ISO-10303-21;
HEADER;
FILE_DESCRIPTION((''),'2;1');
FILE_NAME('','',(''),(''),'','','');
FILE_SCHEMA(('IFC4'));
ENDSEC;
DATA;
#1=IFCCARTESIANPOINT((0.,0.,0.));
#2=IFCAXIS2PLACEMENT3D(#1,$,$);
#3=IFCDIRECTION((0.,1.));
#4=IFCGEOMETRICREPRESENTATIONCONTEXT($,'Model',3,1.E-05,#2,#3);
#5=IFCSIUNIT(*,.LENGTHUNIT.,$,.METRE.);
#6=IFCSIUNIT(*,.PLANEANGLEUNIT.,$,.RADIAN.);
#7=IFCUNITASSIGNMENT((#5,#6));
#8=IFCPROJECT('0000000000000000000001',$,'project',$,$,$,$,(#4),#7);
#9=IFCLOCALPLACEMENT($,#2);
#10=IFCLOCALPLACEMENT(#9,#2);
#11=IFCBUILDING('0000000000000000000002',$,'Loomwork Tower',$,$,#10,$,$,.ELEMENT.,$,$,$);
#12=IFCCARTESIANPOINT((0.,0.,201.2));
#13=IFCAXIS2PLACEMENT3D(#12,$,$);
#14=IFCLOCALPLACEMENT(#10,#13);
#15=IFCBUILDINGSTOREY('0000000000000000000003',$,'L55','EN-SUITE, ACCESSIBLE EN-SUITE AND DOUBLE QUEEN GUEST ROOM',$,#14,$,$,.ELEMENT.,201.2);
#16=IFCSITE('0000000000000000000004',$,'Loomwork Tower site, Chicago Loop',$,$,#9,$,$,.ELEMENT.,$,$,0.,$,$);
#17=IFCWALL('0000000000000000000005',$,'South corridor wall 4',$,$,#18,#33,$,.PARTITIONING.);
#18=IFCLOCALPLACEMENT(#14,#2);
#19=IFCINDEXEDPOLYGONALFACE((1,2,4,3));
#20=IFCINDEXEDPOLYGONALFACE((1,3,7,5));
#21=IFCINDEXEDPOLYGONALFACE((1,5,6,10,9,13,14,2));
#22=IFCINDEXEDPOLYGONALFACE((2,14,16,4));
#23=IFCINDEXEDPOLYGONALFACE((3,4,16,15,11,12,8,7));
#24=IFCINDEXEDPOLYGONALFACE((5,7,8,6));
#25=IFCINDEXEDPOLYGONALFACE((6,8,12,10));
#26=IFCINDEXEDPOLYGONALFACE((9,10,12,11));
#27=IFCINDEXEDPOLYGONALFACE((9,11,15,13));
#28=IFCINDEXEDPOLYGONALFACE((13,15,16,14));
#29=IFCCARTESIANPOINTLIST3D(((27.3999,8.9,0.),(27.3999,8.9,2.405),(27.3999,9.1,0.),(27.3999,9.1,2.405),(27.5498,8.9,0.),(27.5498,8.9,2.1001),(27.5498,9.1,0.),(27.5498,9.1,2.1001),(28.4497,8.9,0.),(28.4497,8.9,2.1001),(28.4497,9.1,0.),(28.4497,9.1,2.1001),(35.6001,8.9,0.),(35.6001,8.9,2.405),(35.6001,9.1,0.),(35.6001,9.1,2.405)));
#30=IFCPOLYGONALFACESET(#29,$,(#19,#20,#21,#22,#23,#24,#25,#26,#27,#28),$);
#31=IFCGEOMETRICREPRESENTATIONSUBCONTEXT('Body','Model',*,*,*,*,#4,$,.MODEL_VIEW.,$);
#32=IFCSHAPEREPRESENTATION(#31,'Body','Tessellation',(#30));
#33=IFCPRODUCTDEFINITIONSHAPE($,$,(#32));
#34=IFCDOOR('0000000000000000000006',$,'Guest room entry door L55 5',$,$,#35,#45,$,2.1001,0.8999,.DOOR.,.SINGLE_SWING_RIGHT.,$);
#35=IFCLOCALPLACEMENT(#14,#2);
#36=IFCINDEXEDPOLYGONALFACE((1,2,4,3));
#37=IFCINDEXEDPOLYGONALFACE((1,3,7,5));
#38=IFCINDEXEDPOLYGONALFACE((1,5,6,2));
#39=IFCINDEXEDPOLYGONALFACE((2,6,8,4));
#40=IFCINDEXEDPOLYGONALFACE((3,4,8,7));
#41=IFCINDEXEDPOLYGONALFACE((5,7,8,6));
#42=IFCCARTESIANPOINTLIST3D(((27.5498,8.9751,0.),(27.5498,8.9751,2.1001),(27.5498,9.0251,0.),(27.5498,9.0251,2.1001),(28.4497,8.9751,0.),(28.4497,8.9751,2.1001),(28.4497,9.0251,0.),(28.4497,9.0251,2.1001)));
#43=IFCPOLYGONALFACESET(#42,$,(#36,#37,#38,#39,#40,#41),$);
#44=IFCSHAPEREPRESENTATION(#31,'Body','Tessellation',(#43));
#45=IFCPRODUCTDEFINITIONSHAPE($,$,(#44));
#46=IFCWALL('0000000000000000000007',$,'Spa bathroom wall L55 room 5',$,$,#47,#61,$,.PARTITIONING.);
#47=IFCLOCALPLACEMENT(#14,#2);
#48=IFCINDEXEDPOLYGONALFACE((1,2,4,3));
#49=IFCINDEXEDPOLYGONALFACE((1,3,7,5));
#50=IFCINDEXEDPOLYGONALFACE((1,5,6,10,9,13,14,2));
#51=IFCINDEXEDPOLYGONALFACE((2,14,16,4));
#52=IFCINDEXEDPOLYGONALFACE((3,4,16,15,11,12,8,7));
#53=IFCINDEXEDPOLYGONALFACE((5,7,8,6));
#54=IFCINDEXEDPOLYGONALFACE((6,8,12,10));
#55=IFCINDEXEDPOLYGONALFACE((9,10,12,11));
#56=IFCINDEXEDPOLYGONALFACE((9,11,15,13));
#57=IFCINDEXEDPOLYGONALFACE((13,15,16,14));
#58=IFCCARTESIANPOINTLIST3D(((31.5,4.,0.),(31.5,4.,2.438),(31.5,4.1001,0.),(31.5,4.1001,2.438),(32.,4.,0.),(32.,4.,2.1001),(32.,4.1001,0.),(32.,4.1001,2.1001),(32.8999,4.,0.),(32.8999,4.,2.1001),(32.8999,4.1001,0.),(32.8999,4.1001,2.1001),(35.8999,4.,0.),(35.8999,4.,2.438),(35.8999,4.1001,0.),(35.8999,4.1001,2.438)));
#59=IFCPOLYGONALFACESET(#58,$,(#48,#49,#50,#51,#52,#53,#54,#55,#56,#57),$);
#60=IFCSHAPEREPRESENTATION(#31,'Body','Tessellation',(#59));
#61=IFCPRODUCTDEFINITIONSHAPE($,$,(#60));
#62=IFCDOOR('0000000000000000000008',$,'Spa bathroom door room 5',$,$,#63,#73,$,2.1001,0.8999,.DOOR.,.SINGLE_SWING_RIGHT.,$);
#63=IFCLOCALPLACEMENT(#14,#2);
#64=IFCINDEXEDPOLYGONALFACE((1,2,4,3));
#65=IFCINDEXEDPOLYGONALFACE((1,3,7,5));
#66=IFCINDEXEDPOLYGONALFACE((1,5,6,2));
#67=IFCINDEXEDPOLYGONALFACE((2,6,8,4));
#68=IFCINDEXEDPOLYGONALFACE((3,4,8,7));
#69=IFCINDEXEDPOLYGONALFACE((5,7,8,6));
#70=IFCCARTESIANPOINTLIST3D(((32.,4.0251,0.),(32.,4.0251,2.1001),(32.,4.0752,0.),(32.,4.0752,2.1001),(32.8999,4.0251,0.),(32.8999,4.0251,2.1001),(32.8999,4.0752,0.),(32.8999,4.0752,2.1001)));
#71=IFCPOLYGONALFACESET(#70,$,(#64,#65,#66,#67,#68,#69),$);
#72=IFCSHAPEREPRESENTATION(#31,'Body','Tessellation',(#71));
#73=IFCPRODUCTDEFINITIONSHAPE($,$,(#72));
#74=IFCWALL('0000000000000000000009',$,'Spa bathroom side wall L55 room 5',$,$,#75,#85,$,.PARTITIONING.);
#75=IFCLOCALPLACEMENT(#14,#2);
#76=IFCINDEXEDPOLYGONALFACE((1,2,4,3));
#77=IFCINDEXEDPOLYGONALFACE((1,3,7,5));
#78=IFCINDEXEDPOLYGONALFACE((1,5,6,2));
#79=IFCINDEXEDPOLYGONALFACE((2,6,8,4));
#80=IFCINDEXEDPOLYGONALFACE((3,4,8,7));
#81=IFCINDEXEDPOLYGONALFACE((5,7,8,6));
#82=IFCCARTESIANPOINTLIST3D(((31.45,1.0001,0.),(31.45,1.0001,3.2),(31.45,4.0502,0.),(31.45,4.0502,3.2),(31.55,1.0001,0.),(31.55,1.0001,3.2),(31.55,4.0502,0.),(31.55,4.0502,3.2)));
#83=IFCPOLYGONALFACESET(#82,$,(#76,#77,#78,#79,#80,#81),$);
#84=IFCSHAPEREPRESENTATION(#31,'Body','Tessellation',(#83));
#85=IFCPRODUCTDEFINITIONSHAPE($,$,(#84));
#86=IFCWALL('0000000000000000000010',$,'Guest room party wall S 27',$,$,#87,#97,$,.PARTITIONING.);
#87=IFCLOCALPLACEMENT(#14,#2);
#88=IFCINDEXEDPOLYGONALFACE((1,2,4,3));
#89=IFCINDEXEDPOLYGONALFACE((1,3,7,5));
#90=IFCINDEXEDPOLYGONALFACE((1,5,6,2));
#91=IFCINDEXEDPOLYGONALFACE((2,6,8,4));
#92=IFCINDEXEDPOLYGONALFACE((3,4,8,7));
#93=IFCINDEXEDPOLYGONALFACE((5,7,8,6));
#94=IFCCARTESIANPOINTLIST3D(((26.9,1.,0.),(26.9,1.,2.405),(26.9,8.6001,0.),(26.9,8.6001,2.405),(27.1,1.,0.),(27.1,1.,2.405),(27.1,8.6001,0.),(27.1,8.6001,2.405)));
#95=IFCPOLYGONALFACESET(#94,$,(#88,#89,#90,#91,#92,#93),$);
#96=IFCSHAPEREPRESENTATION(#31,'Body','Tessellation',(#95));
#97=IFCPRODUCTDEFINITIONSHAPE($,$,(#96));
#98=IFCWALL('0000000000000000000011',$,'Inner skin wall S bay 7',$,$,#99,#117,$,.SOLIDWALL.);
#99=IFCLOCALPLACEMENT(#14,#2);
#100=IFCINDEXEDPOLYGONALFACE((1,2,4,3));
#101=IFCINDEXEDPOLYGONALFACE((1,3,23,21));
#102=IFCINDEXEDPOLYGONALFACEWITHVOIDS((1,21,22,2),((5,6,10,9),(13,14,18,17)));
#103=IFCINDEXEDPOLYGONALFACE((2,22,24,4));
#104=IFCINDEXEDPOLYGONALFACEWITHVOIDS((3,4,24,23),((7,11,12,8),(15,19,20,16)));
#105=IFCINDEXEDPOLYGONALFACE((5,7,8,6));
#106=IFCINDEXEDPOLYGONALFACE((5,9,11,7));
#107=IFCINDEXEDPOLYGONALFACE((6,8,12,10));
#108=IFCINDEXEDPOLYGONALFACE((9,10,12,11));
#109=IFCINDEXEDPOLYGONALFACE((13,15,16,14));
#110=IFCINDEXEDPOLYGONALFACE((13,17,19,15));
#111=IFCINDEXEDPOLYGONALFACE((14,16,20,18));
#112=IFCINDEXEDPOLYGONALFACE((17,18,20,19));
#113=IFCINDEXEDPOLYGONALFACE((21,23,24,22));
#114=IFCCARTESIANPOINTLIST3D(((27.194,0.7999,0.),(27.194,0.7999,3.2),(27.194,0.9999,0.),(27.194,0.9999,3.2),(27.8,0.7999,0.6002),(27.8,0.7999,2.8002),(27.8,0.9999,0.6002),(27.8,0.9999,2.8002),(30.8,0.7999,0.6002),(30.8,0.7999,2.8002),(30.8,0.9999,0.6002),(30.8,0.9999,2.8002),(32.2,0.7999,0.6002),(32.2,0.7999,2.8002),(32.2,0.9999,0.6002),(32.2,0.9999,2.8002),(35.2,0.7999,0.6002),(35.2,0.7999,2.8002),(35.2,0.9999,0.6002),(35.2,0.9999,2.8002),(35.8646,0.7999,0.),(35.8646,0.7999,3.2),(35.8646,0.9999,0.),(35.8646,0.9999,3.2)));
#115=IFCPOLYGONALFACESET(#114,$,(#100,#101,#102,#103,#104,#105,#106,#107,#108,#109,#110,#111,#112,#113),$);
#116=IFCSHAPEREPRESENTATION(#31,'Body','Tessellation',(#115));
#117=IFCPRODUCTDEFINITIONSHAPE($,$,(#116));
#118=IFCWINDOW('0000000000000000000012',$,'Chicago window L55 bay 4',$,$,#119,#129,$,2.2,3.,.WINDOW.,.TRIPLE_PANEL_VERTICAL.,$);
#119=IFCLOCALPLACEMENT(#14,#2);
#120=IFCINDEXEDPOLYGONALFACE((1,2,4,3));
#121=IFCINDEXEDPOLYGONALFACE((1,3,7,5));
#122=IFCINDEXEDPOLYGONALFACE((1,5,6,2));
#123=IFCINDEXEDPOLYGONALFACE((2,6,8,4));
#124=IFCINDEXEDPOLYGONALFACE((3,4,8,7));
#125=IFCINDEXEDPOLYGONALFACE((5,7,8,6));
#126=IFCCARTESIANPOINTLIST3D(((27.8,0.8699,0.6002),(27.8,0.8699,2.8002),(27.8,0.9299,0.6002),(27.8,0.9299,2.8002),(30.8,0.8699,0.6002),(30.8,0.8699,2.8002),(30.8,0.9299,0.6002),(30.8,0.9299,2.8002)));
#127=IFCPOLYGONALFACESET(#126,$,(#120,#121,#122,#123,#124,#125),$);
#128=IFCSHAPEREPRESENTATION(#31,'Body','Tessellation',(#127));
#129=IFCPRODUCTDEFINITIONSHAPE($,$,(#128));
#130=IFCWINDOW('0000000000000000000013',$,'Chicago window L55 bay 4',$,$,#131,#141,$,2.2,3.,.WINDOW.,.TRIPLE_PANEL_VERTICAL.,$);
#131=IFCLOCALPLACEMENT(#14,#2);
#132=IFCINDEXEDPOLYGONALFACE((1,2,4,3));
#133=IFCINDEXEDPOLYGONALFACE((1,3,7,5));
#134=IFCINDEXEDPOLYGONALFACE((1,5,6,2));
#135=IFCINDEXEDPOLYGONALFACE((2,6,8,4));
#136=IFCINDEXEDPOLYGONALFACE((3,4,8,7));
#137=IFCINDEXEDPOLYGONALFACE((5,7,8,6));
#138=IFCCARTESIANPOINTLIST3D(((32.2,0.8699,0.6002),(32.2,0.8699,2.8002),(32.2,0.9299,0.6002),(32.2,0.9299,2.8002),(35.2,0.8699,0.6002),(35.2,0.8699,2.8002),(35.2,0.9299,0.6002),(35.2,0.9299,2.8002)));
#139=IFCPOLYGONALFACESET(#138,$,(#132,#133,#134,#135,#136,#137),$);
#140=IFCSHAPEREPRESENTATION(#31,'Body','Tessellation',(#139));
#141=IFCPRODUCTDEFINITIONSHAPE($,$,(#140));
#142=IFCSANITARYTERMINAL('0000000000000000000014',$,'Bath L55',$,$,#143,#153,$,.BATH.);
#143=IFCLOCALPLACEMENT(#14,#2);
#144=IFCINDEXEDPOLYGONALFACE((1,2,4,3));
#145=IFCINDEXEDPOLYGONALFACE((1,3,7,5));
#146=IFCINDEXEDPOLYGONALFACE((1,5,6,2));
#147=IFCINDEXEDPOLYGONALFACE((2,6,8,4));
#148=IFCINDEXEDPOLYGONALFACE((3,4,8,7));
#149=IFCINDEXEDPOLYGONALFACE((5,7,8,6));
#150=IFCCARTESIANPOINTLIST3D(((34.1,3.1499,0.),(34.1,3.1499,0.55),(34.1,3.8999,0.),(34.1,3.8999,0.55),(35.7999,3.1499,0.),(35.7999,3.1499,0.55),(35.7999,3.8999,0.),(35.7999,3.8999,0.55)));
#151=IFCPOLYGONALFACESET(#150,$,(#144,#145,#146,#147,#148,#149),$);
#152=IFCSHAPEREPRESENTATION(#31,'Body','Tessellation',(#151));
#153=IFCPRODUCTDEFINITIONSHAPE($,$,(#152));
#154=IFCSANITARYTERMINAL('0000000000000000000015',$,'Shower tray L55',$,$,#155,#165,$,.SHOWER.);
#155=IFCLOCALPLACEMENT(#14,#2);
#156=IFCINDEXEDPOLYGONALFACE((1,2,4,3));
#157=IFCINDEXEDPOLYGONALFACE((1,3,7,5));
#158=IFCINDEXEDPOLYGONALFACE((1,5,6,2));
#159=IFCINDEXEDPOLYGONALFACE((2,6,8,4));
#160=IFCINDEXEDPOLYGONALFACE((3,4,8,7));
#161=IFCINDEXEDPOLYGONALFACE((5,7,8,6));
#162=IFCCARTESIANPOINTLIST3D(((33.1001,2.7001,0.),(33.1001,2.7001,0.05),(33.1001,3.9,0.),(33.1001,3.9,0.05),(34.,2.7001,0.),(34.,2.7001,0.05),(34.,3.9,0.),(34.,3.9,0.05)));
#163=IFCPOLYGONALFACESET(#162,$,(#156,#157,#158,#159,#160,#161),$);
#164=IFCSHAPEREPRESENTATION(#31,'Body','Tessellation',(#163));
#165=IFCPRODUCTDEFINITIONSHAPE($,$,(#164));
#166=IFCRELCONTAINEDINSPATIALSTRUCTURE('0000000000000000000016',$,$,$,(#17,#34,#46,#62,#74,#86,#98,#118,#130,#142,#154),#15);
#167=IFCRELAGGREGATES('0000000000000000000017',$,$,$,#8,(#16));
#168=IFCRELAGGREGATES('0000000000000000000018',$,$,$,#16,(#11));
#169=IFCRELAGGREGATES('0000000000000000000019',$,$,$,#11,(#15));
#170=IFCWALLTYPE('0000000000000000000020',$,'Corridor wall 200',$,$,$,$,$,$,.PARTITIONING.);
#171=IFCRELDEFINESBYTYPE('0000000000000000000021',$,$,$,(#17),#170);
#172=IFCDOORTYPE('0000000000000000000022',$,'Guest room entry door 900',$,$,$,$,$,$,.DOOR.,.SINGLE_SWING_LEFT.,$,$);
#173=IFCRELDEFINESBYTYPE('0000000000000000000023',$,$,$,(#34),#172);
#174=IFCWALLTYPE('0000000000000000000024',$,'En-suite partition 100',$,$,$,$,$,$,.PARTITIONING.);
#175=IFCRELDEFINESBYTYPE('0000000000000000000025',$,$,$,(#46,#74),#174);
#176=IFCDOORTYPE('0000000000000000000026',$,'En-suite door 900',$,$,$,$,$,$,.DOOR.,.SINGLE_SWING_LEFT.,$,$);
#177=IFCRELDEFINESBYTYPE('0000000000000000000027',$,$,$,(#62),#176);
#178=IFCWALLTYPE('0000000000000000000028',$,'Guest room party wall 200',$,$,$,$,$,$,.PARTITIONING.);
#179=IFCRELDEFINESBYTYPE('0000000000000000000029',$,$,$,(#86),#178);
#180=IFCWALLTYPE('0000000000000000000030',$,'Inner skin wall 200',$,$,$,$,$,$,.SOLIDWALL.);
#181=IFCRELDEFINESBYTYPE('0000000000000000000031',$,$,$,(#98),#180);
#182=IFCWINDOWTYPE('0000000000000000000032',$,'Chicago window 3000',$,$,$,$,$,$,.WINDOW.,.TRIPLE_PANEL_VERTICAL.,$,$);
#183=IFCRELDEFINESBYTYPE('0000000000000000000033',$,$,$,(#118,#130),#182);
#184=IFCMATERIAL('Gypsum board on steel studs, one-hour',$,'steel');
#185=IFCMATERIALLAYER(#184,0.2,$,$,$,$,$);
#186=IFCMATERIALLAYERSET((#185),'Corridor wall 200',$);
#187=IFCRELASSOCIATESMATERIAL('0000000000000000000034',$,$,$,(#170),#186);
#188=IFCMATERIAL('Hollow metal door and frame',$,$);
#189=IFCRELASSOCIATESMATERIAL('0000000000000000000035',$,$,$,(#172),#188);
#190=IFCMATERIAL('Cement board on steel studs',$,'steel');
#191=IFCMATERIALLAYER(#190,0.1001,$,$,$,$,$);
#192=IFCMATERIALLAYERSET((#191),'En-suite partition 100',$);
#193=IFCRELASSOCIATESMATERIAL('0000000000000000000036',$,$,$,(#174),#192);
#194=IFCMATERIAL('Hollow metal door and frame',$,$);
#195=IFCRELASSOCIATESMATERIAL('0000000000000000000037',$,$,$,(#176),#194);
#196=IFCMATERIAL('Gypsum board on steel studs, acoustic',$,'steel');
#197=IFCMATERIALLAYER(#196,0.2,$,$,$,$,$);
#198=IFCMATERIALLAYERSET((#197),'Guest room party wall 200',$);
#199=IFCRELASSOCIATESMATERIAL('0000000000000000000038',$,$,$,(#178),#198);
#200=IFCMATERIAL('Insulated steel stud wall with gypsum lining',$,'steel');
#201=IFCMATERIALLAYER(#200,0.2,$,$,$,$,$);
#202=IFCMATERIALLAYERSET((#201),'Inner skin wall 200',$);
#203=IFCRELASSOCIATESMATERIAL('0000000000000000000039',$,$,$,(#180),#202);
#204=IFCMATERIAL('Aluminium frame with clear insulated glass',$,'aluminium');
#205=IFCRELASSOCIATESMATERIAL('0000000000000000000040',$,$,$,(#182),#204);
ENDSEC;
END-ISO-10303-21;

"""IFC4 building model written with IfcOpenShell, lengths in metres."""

from ifc_helpers import new_model, si_unit, direction, frame, frame_2d, origin, origin_2d, place, context, subcontext, project, spatial, rectangle, extrude, material, layer, layer_set, type_object, element, fill, save


model = new_model("IFC4")

# Units and contexts
model_context = context("Model", 3, precision=1e-05, world=origin(), true_north=direction((0.0, 1.0)))
body_context = subcontext(model_context, "Body", "Model", "MODEL_VIEW")
ifc_project = project(units=[si_unit("LENGTHUNIT", "METRE"), si_unit("PLANEANGLEUNIT", "RADIAN")], contexts=[model_context])

# Site, building, storey
site_placement = place(None, origin())
site = spatial("IfcSite", under=ifc_project, at=site_placement, Name="Loomwork Tower site, Chicago Loop", CompositionType="ELEMENT", RefElevation=0.0)
building_placement = place(site_placement, origin())
building = spatial("IfcBuilding", under=site, at=building_placement, Name="Loomwork Tower", CompositionType="ELEMENT")
storey_placement = place(building_placement, frame((0.0, 0.0, 201.2)))
storey = spatial("IfcBuildingStorey", under=building, at=storey_placement, Name="L55", Description="EN-SUITE, ACCESSIBLE EN-SUITE AND DOUBLE QUEEN GUEST ROOM", CompositionType="ELEMENT", Elevation=201.2)

# Walls, openings, doors
ifc_material_1 = material(Name="Gypsum board on steel studs, one-hour", Category="steel")
ifc_layer_1 = layer(ifc_material_1, 0.2)
ifc_layer_set_1 = layer_set([ifc_layer_1], Name="Corridor wall 200")
wall_type_1 = type_object("IfcWallType", Name="Corridor wall 200", PredefinedType="PARTITIONING", material=ifc_layer_set_1)
wall_1_placement = place(storey_placement, frame((27.3999, 9.0, 0.0), z_axis=(0.0, 0.0, 1.0), x_axis=(1.0, 0.0, 0.0)))
wall_1 = element("IfcWall", 1, at=wall_1_placement, inside=storey, type_object=wall_type_1, Name="South corridor wall 4", PredefinedType="PARTITIONING", context=body_context, shape_type="SweptSolid", body=[
    extrude(rectangle(XDim=8.2002, YDim=0.2, at=frame_2d((4.1001, 0.0))), origin(), (0.0, 0.0, 1.0), 2.405),
])
opening_1_placement = place(wall_1_placement, frame((0.1499, 0.0, 0.0)))
opening_1 = element("IfcOpeningElement", 2, at=opening_1_placement, cuts=wall_1, PredefinedType="OPENING", context=body_context, shape_type="SweptSolid", body=[
    extrude(rectangle(XDim=0.8999, YDim=2.1001, at=frame_2d((0.45, 1.05))), frame((0.0, 0.1099, 0.0), z_axis=(0.0, -1.0, 0.0), x_axis=(1.0, 0.0, 0.0)), (0.0, 0.0, 1.0), 0.22),
])
ifc_material_2 = material(Name="Hollow metal door and frame")
door_type_1 = type_object("IfcDoorType", Name="Guest room entry door 900", OperationType="SINGLE_SWING_LEFT", PredefinedType="DOOR", material=ifc_material_2)
door_1_placement = place(opening_1_placement, frame((0.8999, 0.0, 0.0), z_axis=(0.0, 0.0, 1.0), x_axis=(-1.0, 0.0, 0.0)))
door_1 = element("IfcDoor", 3, at=door_1_placement, inside=storey, type_object=door_type_1, Name="Guest room entry door L55 5", OperationType="SINGLE_SWING_RIGHT", OverallHeight=2.1001, OverallWidth=0.8999, PredefinedType="DOOR", context=body_context, shape_type="SweptSolid", body=[
    extrude(rectangle(XDim=0.8999, YDim=2.1001, at=frame_2d((0.45, 1.05))), frame((0.0, 0.0249, 0.0), z_axis=(0.0, -1.0, 0.0), x_axis=(1.0, 0.0, 0.0)), (0.0, 0.0, 1.0), 0.05),
])
fill(opening_1, door_1)
ifc_material_3 = material(Name="Cement board on steel studs", Category="steel")
ifc_layer_2 = layer(ifc_material_3, 0.1001)
ifc_layer_set_2 = layer_set([ifc_layer_2], Name="En-suite partition 100")
wall_type_2 = type_object("IfcWallType", Name="En-suite partition 100", PredefinedType="PARTITIONING", material=ifc_layer_set_2)
wall_2_placement = place(storey_placement, frame((31.5, 4.05, 0.0), z_axis=(0.0, 0.0, 1.0), x_axis=(1.0, 0.0, 0.0)))
wall_2 = element("IfcWall", 4, at=wall_2_placement, inside=storey, type_object=wall_type_2, Name="Spa bathroom wall L55 room 5", PredefinedType="PARTITIONING", context=body_context, shape_type="SweptSolid", body=[
    extrude(rectangle(XDim=4.3999, YDim=0.1001, at=frame_2d((2.2, 0.0))), origin(), (0.0, 0.0, 1.0), 2.438),
])
opening_2_placement = place(wall_2_placement, frame((0.5, 0.0, 0.0)))
opening_2 = element("IfcOpeningElement", 5, at=opening_2_placement, cuts=wall_2, PredefinedType="OPENING", context=body_context, shape_type="SweptSolid", body=[
    extrude(rectangle(XDim=0.8999, YDim=2.1001, at=frame_2d((0.45, 1.05))), frame((0.0, 0.0601, 0.0), z_axis=(0.0, -1.0, 0.0), x_axis=(1.0, 0.0, 0.0)), (0.0, 0.0, 1.0), 0.1201),
])
ifc_material_4 = material(Name="Hollow metal door and frame")
door_type_2 = type_object("IfcDoorType", Name="En-suite door 900", OperationType="SINGLE_SWING_LEFT", PredefinedType="DOOR", material=ifc_material_4)
door_2_placement = place(opening_2_placement, frame((0.8999, 0.0, 0.0), z_axis=(0.0, 0.0, 1.0), x_axis=(-1.0, 0.0, 0.0)))
door_2 = element("IfcDoor", 6, at=door_2_placement, inside=storey, type_object=door_type_2, Name="Spa bathroom door room 5", OperationType="SINGLE_SWING_RIGHT", OverallHeight=2.1001, OverallWidth=0.8999, PredefinedType="DOOR", context=body_context, shape_type="SweptSolid", body=[
    extrude(rectangle(XDim=0.8999, YDim=2.1001, at=frame_2d((0.45, 1.05))), frame((0.0, 0.0249, 0.0), z_axis=(0.0, -1.0, 0.0), x_axis=(1.0, 0.0, 0.0)), (0.0, 0.0, 1.0), 0.05),
])
fill(opening_2, door_2)

# Walls
wall_3_placement = place(storey_placement, frame((31.5, 4.05, 0.0), z_axis=(0.0, 0.0, 1.0), x_axis=(0.0, -1.0, 0.0)))
element("IfcWall", 7, at=wall_3_placement, inside=storey, type_object=wall_type_2, Name="Spa bathroom side wall L55 room 5", PredefinedType="PARTITIONING", context=body_context, shape_type="SweptSolid", body=[
    extrude(rectangle(XDim=3.05, YDim=0.1001, at=frame_2d((1.5249, 0.0))), origin(), (0.0, 0.0, 1.0), 3.2),
])
ifc_material_5 = material(Name="Gypsum board on steel studs, acoustic", Category="steel")
ifc_layer_3 = layer(ifc_material_5, 0.2)
ifc_layer_set_3 = layer_set([ifc_layer_3], Name="Guest room party wall 200")
wall_type_3 = type_object("IfcWallType", Name="Guest room party wall 200", PredefinedType="PARTITIONING", material=ifc_layer_set_3)
wall_4_placement = place(storey_placement, frame((27.0, 8.6001, 0.0), z_axis=(0.0, 0.0, 1.0), x_axis=(0.0, -1.0, 0.0)))
element("IfcWall", 8, at=wall_4_placement, inside=storey, type_object=wall_type_3, Name="Guest room party wall S 27", PredefinedType="PARTITIONING", context=body_context, shape_type="SweptSolid", body=[
    extrude(rectangle(XDim=7.6001, YDim=0.2, at=frame_2d((3.8, 0.0))), origin(), (0.0, 0.0, 1.0), 2.405),
])

# Wall, openings, windows
ifc_material_6 = material(Name="Insulated steel stud wall with gypsum lining", Category="steel")
ifc_layer_4 = layer(ifc_material_6, 0.2)
ifc_layer_set_4 = layer_set([ifc_layer_4], Name="Inner skin wall 200")
wall_type_4 = type_object("IfcWallType", Name="Inner skin wall 200", PredefinedType="SOLIDWALL", material=ifc_layer_set_4)
wall_5_placement = place(storey_placement, frame((27.1938, 0.8999, 0.0), z_axis=(0.0, 0.0, 1.0), x_axis=(1.0, 0.0, 0.0)))
wall_5 = element("IfcWall", 9, at=wall_5_placement, inside=storey, type_object=wall_type_4, Name="Inner skin wall S bay 7", PredefinedType="SOLIDWALL", context=body_context, shape_type="SweptSolid", body=[
    extrude(rectangle(XDim=8.6707, YDim=0.2, at=frame_2d((4.3354, 0.0))), origin(), (0.0, 0.0, 1.0), 3.2),
])
opening_3_placement = place(wall_5_placement, frame((0.6062, 0.0, 0.6001)))
opening_3 = element("IfcOpeningElement", 10, at=opening_3_placement, cuts=wall_5, PredefinedType="OPENING", context=body_context, shape_type="SweptSolid", body=[
    extrude(rectangle(XDim=3.0, YDim=2.2, at=frame_2d((1.5, 1.1001))), frame((0.0, 0.1099, 0.0), z_axis=(0.0, -1.0, 0.0), x_axis=(1.0, 0.0, 0.0)), (0.0, 0.0, 1.0), 0.22),
])
opening_4_placement = place(wall_5_placement, frame((5.0061, 0.0, 0.6001)))
opening_4 = element("IfcOpeningElement", 11, at=opening_4_placement, cuts=wall_5, PredefinedType="OPENING", context=body_context, shape_type="SweptSolid", body=[
    extrude(rectangle(XDim=3.0, YDim=2.2, at=frame_2d((1.5, 1.1001))), frame((0.0, 0.1099, 0.0), z_axis=(0.0, -1.0, 0.0), x_axis=(1.0, 0.0, 0.0)), (0.0, 0.0, 1.0), 0.22),
])
ifc_material_7 = material(Name="Aluminium frame with clear insulated glass", Category="aluminium")
window_type = type_object("IfcWindowType", Name="Chicago window 3000", PartitioningType="TRIPLE_PANEL_VERTICAL", PredefinedType="WINDOW", material=ifc_material_7)
window_1_placement = place(opening_3_placement, origin())
window_1 = element("IfcWindow", 12, at=window_1_placement, inside=storey, type_object=window_type, Name="Chicago window L55 bay 4", OverallHeight=2.2, OverallWidth=3.0, PartitioningType="TRIPLE_PANEL_VERTICAL", PredefinedType="WINDOW", context=body_context, shape_type="SweptSolid", body=[
    extrude(rectangle(XDim=3.0, YDim=2.2, at=frame_2d((1.5, 1.1001))), frame((0.0, 0.03, 0.0), z_axis=(0.0, -1.0, 0.0), x_axis=(1.0, 0.0, 0.0)), (0.0, 0.0, 1.0), 0.0601),
])
fill(opening_3, window_1)
window_2_placement = place(opening_4_placement, origin())
window_2 = element("IfcWindow", 13, at=window_2_placement, inside=storey, type_object=window_type, Name="Chicago window L55 bay 4", OverallHeight=2.2, OverallWidth=3.0, PartitioningType="TRIPLE_PANEL_VERTICAL", PredefinedType="WINDOW", context=body_context, shape_type="SweptSolid", body=[
    extrude(rectangle(XDim=3.0, YDim=2.2, at=frame_2d((1.5, 1.1001))), frame((0.0, 0.03, 0.0), z_axis=(0.0, -1.0, 0.0), x_axis=(1.0, 0.0, 0.0)), (0.0, 0.0, 1.0), 0.0601),
])
fill(opening_4, window_2)

# Sanitary terminals
sanitary_terminal_1_placement = place(storey_placement, frame((34.95, 3.5249, 0.0), z_axis=(0.0, 0.0, 1.0), x_axis=(1.0, 0.0, 0.0)))
element("IfcSanitaryTerminal", 14, at=sanitary_terminal_1_placement, inside=storey, Name="Bath L55", PredefinedType="BATH", context=body_context, shape_type="SweptSolid", body=[
    extrude(rectangle(XDim=1.7, YDim=0.75, at=origin_2d()), origin(), (0.0, 0.0, 1.0), 0.55),
])
sanitary_terminal_2_placement = place(storey_placement, frame((33.55, 3.3, 0.0), z_axis=(0.0, 0.0, 1.0), x_axis=(1.0, 0.0, 0.0)))
element("IfcSanitaryTerminal", 15, at=sanitary_terminal_2_placement, inside=storey, Name="Shower tray L55", PredefinedType="SHOWER", context=body_context, shape_type="SweptSolid", body=[
    extrude(rectangle(XDim=0.8999, YDim=1.2, at=origin_2d()), origin(), (0.0, 0.0, 1.0), 0.05),
])

save(model, "model.ifc")
